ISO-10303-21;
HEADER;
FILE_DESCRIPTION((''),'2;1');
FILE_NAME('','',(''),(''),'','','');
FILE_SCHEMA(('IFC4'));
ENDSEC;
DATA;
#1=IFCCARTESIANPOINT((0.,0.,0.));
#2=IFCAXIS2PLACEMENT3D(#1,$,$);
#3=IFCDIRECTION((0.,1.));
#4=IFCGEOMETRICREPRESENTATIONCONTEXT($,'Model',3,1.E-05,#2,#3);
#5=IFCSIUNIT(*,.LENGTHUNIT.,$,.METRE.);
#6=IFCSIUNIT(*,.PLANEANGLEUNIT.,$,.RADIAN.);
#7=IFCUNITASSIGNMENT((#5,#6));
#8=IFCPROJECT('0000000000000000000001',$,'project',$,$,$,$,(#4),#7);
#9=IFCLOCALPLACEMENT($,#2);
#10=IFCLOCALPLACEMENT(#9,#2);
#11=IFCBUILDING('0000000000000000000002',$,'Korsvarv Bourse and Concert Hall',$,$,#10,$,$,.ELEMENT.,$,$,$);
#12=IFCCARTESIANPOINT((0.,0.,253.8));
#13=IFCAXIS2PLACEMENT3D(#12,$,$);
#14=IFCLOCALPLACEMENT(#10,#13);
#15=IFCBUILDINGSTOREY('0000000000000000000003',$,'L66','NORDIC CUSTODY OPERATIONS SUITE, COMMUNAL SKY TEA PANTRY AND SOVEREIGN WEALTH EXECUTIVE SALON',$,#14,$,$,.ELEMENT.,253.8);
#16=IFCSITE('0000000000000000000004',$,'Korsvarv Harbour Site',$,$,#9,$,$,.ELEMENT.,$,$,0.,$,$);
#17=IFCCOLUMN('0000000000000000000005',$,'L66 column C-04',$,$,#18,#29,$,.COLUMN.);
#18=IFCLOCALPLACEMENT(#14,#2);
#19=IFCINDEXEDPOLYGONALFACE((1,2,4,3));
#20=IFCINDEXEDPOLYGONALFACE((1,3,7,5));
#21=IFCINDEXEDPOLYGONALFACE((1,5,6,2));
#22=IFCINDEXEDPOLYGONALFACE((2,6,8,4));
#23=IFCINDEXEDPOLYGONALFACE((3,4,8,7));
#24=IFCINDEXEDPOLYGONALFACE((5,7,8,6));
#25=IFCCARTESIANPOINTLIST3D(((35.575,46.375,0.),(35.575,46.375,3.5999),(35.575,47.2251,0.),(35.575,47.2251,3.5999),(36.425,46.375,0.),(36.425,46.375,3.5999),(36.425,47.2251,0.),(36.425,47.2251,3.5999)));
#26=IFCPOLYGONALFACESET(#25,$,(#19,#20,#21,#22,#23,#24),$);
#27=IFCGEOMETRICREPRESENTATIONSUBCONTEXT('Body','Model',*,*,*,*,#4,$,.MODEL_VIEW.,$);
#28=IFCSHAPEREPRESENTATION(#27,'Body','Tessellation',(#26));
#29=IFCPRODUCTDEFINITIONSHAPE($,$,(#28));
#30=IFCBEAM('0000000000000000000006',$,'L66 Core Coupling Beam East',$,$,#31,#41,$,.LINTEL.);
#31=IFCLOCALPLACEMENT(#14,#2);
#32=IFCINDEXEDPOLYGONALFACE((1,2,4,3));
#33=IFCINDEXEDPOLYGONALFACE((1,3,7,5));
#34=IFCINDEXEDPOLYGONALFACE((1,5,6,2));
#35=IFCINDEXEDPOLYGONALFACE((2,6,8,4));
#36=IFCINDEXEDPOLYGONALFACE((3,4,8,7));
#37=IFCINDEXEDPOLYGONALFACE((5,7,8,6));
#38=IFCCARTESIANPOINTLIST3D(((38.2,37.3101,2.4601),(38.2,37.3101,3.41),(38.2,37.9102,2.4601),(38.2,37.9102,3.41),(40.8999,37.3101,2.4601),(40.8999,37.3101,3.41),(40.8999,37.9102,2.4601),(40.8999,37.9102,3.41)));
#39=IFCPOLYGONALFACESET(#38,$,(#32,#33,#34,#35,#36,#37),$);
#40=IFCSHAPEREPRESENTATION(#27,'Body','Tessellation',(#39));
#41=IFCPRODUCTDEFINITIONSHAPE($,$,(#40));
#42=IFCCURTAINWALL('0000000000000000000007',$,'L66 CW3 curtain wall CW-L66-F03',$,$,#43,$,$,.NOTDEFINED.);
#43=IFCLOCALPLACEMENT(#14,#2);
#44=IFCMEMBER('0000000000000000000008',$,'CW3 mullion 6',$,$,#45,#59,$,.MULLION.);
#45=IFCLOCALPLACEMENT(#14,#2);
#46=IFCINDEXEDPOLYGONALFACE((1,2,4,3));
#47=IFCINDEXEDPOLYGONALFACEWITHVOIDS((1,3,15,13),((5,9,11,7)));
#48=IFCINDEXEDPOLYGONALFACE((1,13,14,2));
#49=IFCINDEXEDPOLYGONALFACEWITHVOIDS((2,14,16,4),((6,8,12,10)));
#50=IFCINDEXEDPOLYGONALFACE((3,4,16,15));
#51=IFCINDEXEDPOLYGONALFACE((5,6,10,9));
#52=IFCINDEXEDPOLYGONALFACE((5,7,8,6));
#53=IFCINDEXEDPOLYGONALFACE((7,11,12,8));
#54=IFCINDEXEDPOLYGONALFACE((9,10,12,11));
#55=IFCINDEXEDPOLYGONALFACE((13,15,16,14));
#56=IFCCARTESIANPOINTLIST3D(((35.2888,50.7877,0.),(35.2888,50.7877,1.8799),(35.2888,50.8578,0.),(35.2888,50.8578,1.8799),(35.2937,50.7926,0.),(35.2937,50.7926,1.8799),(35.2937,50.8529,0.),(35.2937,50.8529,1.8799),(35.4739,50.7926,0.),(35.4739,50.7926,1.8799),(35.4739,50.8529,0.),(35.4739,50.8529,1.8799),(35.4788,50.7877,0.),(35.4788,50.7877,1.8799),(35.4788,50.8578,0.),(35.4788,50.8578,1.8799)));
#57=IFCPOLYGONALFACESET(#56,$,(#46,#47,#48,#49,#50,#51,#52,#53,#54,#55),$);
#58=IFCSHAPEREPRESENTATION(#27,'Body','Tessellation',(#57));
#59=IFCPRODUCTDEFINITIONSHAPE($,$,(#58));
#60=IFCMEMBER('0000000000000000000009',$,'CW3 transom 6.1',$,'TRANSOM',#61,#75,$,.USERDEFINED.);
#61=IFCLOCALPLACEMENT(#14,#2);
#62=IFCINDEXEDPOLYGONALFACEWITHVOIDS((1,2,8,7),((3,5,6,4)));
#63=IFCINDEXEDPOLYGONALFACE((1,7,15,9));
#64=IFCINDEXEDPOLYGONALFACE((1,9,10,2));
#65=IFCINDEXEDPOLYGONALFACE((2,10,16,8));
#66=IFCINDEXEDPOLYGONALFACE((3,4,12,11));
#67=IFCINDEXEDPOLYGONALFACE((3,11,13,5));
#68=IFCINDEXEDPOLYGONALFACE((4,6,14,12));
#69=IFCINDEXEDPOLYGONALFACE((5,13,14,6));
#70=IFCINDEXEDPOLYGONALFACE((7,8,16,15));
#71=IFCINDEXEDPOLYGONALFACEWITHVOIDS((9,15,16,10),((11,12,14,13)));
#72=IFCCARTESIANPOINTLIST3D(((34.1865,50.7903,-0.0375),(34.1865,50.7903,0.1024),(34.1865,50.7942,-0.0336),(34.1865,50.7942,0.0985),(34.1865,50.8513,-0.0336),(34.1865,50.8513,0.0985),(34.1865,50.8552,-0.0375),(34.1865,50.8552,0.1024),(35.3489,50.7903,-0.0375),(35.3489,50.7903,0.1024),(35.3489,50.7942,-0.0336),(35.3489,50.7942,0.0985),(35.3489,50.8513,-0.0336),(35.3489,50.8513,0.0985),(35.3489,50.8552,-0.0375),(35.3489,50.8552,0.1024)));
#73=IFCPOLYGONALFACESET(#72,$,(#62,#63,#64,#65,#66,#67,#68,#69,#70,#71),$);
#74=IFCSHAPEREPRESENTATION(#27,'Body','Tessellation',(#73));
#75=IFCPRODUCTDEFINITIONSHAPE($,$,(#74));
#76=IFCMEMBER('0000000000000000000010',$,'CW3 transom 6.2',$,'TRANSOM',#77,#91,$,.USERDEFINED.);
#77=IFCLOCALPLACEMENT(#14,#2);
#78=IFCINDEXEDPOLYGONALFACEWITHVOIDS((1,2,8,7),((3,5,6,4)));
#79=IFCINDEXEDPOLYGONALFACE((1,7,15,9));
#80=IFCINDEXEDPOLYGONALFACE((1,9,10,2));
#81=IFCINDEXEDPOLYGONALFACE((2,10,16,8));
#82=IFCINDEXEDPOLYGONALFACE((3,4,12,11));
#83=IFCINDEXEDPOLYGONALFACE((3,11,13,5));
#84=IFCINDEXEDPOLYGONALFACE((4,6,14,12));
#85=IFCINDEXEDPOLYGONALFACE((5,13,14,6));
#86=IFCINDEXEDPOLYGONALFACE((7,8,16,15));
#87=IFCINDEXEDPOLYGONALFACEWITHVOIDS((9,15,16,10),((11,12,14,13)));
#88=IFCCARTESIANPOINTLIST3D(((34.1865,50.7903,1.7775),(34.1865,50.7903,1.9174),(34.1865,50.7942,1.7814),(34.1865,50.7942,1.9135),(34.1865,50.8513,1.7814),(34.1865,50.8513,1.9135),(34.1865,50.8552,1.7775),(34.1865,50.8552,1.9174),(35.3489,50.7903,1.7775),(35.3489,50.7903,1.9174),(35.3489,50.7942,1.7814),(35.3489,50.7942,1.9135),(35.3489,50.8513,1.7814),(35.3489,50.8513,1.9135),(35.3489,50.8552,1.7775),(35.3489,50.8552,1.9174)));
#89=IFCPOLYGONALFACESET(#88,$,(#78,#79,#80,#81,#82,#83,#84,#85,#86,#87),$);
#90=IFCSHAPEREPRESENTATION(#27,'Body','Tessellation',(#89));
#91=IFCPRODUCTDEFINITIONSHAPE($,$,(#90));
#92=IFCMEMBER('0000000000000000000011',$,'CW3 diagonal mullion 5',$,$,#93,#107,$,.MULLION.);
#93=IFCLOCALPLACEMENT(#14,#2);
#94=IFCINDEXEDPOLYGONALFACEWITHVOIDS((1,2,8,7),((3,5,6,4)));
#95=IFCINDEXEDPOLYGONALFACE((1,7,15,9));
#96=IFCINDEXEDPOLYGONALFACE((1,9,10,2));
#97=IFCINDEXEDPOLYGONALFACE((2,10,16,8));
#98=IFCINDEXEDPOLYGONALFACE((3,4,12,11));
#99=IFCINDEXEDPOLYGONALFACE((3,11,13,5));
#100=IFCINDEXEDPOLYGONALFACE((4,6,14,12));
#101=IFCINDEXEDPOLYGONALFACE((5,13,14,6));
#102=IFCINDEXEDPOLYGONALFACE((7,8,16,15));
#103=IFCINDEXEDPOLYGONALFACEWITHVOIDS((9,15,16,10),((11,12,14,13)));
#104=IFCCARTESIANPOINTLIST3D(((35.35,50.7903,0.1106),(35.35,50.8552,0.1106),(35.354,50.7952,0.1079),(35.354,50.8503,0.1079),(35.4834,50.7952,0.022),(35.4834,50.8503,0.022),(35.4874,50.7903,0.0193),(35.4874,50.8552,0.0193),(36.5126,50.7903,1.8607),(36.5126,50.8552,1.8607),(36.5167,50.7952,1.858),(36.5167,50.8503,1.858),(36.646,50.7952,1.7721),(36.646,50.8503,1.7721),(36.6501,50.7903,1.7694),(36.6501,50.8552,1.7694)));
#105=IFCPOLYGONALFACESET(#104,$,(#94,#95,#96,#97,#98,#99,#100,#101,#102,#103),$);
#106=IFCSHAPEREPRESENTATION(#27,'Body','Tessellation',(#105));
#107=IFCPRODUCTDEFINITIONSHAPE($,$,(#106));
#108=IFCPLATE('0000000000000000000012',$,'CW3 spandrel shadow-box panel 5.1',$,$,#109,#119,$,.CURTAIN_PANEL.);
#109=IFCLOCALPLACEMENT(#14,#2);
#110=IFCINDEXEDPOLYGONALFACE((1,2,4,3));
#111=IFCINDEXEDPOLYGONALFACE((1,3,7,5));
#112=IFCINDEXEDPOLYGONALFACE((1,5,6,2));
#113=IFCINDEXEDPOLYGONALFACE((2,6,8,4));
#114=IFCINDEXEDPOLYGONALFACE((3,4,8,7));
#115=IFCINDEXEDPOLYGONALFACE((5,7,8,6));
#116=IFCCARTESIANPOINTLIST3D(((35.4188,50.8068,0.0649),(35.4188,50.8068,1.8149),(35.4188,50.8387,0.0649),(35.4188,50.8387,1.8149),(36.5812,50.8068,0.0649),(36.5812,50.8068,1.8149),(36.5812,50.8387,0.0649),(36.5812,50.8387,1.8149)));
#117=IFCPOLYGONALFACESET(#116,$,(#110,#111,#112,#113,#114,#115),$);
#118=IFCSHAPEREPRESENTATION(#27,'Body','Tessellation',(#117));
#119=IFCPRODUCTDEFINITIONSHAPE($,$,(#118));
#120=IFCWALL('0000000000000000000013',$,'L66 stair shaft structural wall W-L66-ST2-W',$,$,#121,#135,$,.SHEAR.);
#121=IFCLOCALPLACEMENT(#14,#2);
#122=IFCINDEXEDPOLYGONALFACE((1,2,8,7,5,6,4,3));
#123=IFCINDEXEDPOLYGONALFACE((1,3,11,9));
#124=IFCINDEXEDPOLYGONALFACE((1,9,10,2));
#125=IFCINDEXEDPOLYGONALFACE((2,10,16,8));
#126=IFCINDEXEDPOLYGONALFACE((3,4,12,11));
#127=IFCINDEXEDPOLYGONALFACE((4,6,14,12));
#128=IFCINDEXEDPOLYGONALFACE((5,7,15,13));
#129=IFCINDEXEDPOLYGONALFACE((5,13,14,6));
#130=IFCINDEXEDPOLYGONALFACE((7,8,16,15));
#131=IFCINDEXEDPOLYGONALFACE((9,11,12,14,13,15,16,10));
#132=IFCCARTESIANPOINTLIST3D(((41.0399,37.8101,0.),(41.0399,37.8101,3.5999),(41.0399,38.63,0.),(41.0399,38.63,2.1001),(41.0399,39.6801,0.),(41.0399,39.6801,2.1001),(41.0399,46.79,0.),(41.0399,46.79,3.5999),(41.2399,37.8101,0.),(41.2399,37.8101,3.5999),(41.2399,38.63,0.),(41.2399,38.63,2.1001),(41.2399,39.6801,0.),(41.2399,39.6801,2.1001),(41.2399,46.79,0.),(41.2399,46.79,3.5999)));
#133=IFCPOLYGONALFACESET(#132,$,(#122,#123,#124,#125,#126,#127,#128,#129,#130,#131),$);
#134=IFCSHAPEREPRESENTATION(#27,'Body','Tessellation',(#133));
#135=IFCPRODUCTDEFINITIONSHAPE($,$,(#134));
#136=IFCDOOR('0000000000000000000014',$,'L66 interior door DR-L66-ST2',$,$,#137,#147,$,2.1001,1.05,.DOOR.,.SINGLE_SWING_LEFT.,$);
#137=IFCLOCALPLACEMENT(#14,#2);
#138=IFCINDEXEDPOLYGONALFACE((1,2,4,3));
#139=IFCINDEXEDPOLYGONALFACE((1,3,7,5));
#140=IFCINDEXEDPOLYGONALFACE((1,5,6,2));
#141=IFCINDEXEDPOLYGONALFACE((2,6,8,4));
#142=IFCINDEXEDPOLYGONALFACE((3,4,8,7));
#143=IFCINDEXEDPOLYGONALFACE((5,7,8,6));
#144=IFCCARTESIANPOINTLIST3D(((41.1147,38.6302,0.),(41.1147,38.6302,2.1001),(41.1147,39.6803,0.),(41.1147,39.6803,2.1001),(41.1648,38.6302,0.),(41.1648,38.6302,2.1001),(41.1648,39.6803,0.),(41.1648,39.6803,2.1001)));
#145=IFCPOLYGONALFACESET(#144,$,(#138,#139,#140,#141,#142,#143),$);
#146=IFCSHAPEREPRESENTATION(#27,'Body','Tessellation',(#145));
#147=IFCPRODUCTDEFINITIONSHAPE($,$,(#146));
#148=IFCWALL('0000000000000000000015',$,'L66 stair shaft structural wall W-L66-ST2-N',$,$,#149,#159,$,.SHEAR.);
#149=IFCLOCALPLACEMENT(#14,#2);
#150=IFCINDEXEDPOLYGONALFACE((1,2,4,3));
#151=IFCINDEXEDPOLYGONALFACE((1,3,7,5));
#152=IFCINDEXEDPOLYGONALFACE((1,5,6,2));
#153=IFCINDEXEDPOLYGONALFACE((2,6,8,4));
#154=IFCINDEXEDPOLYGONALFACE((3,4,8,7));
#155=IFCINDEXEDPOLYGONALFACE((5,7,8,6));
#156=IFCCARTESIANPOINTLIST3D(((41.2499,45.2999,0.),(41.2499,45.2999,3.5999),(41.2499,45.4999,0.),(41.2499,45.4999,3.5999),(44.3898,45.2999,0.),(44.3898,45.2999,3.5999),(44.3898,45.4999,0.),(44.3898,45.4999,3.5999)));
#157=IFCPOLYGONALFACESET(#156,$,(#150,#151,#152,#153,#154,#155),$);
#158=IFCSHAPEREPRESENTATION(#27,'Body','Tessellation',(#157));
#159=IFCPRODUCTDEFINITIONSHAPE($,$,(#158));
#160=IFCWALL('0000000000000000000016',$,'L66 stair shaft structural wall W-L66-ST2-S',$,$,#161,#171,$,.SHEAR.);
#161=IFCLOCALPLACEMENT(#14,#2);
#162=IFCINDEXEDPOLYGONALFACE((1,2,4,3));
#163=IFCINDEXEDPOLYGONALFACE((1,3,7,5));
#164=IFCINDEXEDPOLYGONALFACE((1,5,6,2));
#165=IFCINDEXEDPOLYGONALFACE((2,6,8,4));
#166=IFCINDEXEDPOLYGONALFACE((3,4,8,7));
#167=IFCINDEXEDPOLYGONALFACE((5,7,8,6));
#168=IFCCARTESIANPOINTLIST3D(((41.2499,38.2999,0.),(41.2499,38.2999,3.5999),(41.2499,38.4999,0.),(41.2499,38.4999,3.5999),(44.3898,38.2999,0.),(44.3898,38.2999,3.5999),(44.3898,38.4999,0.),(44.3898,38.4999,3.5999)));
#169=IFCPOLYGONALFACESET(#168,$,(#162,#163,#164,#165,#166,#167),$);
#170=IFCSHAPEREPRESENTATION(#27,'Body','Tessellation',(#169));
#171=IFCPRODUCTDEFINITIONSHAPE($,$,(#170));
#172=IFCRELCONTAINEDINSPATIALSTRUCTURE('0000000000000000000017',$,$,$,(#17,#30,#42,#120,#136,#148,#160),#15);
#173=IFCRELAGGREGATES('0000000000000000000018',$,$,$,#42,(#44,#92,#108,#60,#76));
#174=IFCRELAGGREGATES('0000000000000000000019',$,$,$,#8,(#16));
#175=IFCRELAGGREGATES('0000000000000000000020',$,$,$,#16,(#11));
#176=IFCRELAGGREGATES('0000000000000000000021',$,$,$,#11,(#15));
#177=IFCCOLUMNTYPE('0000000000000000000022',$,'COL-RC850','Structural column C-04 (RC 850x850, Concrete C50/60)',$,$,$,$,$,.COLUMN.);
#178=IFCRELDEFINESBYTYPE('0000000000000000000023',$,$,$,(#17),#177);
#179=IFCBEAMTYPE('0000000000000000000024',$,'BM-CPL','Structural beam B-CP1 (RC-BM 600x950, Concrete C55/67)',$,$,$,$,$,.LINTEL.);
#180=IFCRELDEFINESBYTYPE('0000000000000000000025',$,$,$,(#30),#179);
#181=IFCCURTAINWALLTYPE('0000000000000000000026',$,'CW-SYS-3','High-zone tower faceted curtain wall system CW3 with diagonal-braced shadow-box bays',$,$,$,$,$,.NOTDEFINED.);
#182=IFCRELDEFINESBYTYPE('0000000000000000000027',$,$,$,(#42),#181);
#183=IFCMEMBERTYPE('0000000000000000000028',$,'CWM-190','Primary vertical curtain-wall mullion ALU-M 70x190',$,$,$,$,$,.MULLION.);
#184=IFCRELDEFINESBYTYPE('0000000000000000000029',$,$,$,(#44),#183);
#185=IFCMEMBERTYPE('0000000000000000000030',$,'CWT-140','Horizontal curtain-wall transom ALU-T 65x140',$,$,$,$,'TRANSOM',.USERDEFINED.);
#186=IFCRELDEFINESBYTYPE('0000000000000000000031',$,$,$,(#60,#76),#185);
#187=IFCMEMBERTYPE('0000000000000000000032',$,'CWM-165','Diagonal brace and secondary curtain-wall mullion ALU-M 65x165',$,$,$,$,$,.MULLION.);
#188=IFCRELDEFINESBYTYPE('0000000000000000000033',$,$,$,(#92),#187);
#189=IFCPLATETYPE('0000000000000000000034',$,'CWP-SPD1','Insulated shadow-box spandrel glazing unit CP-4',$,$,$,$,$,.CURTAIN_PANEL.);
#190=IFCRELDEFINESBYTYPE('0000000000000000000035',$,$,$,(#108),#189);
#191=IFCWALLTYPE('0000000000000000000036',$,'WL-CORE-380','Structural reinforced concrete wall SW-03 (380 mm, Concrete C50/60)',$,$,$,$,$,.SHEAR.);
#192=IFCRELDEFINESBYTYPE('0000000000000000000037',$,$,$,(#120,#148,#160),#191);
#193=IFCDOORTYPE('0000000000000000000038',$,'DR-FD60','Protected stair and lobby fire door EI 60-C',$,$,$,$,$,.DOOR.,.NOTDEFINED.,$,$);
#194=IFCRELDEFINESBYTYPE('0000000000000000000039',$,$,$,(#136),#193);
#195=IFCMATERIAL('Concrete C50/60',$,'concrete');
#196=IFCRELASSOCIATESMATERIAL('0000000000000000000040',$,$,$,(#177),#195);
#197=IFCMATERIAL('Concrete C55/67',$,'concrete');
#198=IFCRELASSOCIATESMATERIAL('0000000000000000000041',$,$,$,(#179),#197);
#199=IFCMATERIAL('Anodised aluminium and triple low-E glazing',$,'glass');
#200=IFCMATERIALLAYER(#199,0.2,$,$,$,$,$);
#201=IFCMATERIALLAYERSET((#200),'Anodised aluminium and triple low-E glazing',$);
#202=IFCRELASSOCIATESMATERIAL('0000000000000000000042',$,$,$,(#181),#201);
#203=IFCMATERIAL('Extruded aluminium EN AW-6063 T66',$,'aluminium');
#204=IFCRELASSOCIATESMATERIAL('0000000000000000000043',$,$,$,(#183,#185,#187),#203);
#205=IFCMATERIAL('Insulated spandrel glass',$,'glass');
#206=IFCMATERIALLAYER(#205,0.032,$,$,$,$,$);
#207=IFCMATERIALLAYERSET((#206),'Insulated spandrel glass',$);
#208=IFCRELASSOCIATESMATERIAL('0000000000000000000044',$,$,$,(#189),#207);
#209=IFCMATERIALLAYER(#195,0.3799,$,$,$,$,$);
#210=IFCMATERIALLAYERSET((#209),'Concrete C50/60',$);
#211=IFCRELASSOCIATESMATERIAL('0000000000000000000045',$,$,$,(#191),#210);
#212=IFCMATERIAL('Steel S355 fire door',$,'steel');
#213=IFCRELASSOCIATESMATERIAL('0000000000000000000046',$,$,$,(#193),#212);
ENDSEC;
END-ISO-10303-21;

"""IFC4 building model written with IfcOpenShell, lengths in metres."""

from ifc_helpers import new_model, si_unit, direction, frame, frame_2d, origin, origin_2d, place, context, subcontext, project, spatial, rectangle, hollow_rectangle, extrude, source, transform, mapped, material, layer, layer_set, material_profile, profile_set, type_object, element, fill, aggregate, save


model = new_model("IFC4")

# Units and contexts
model_context = context("Model", 3, precision=1e-05, world=origin(), true_north=direction((0.0, 1.0)))
body_context = subcontext(model_context, "Body", "Model", "MODEL_VIEW")
ifc_project = project(units=[si_unit("LENGTHUNIT", "METRE"), si_unit("PLANEANGLEUNIT", "RADIAN")], contexts=[model_context])

# Site, building, storey
site_placement = place(None, origin())
site = spatial("IfcSite", under=ifc_project, at=site_placement, Name="Korsvarv Harbour Site", CompositionType="ELEMENT", RefElevation=0.0)
building_placement = place(site_placement, origin())
building = spatial("IfcBuilding", under=site, at=building_placement, Name="Korsvarv Bourse and Concert Hall", CompositionType="ELEMENT")
storey_placement = place(building_placement, frame((0.0, 0.0, 253.8)))
storey = spatial("IfcBuildingStorey", under=building, at=storey_placement, Name="L66", Description="NORDIC CUSTODY OPERATIONS SUITE, COMMUNAL SKY TEA PANTRY AND SOVEREIGN WEALTH EXECUTIVE SALON", CompositionType="ELEMENT", Elevation=253.8)

# Column
ifc_material_1 = material(Name="Concrete C50/60", Category="concrete")
ifc_material_profile_1 = material_profile(ifc_material_1, rectangle(XDim=0.8501, YDim=0.8501, at=origin_2d()), Name="RC 850x850")
ifc_profile_set_1 = profile_set([ifc_material_profile_1], Name="Concrete C50/60")
column_type = type_object("IfcColumnType", Name="COL-RC850", Description="Structural column C-04 (RC 850x850, Concrete C50/60)", PredefinedType="COLUMN", material=ifc_profile_set_1)
shared_shape_1 = source(origin(), body_context, "Body", "SweptSolid", [
    extrude(rectangle(XDim=0.8501, YDim=0.8501, at=origin_2d()), origin(), (0.0, 0.0, 1.0), 3.5999),
])
column_placement = place(storey_placement, frame((36.0, 46.8, 0.0), z_axis=(0.0, 0.0, 1.0), x_axis=(1.0, 0.0, 0.0)))
element("IfcColumn", 1, at=column_placement, inside=storey, type_object=column_type, Name="L66 column C-04", PredefinedType="COLUMN", context=body_context, shape_type="MappedRepresentation", body=[
    mapped(shared_shape_1, transform((0.0, 0.0, 0.0), scale=1.0)),
])

# Beam
ifc_material_2 = material(Name="Concrete C55/67", Category="concrete")
ifc_material_profile_2 = material_profile(ifc_material_2, rectangle(XDim=0.6001, YDim=0.95, at=origin_2d()), Name="RC-BM 600x950")
ifc_profile_set_2 = profile_set([ifc_material_profile_2], Name="Concrete C55/67")
beam_type = type_object("IfcBeamType", Name="BM-CPL", Description="Structural beam B-CP1 (RC-BM 600x950, Concrete C55/67)", PredefinedType="LINTEL", material=ifc_profile_set_2)
shared_shape_2 = source(origin(), body_context, "Body", "SweptSolid", [
    extrude(rectangle(XDim=0.6001, YDim=0.95, at=origin_2d()), origin(), (0.0, 0.0, 1.0), 2.7),
])
beam_placement = place(storey_placement, frame((38.2, 37.6101, 2.9351), z_axis=(1.0, 0.0, 0.0), x_axis=(0.0, 1.0, 0.0)))
element("IfcBeam", 2, at=beam_placement, inside=storey, type_object=beam_type, Name="L66 Core Coupling Beam East", PredefinedType="LINTEL", context=body_context, shape_type="MappedRepresentation", body=[
    mapped(shared_shape_2, transform((0.0, 0.0, 0.0), scale=1.0)),
])

# Curtain wall, members, plate
ifc_material_3 = material(Name="Anodised aluminium and triple low-E glazing", Category="glass")
ifc_layer_1 = layer(ifc_material_3, 0.2)
ifc_layer_set_1 = layer_set([ifc_layer_1], Name="Anodised aluminium and triple low-E glazing")
curtain_wall_type = type_object("IfcCurtainWallType", Name="CW-SYS-3", Description="High-zone tower faceted curtain wall system CW3 with diagonal-braced shadow-box bays", PredefinedType="NOTDEFINED", material=ifc_layer_set_1)
curtain_wall_placement = place(storey_placement, origin())
curtain_wall = element("IfcCurtainWall", 3, at=curtain_wall_placement, inside=storey, type_object=curtain_wall_type, Name="L66 CW3 curtain wall CW-L66-F03", PredefinedType="NOTDEFINED")
ifc_material_4 = material(Name="Extruded aluminium EN AW-6063 T66", Category="aluminium")
ifc_material_profile_3 = material_profile(ifc_material_4, hollow_rectangle(XDim=0.0701, YDim=0.1899, WallThickness=0.0049, at=origin_2d()), Name="ALU-M 70x190")
ifc_profile_set_3 = profile_set([ifc_material_profile_3], Name="Extruded aluminium EN AW-6063 T66")
member_type_1 = type_object("IfcMemberType", Name="CWM-190", Description="Primary vertical curtain-wall mullion ALU-M 70x190", PredefinedType="MULLION", material=ifc_profile_set_3)
shared_shape_3 = source(origin(), body_context, "Body", "SweptSolid", [
    extrude(hollow_rectangle(XDim=0.0701, YDim=0.1899, WallThickness=0.0049, at=origin_2d()), origin(), (0.0, 0.0, 1.0), 1.8799),
])
member_1_placement = place(storey_placement, frame((35.3838, 50.8228, 0.0), z_axis=(0.0, 0.0, 1.0), x_axis=(0.0, -1.0, 0.0)))
member_1 = element("IfcMember", 4, at=member_1_placement, type_object=member_type_1, Name="CW3 mullion 6", PredefinedType="MULLION", context=body_context, shape_type="MappedRepresentation", body=[
    mapped(shared_shape_3, transform((0.0, 0.0, 0.0), scale=1.0)),
])
ifc_material_profile_4 = material_profile(ifc_material_4, hollow_rectangle(XDim=0.0649, YDim=0.1399, WallThickness=0.0039, at=origin_2d()), Name="ALU-T 65x140")
ifc_profile_set_4 = profile_set([ifc_material_profile_4], Name="Extruded aluminium EN AW-6063 T66")
member_type_2 = type_object("IfcMemberType", Name="CWT-140", Description="Horizontal curtain-wall transom ALU-T 65x140", ElementType="TRANSOM", PredefinedType="USERDEFINED", material=ifc_profile_set_4)
shared_shape_4 = source(origin(), body_context, "Body", "SweptSolid", [
    extrude(hollow_rectangle(XDim=0.0649, YDim=0.1399, WallThickness=0.0039, at=origin_2d()), origin(), (0.0, 0.0, 1.0), 1.1624),
])
member_2_placement = place(storey_placement, frame((35.3489, 50.8228, 0.0325), z_axis=(-1.0, 0.0, 0.0), x_axis=(0.0, -1.0, 0.0)))
member_2 = element("IfcMember", 5, at=member_2_placement, type_object=member_type_2, Name="CW3 transom 6.1", ObjectType="TRANSOM", PredefinedType="USERDEFINED", context=body_context, shape_type="MappedRepresentation", body=[
    mapped(shared_shape_4, transform((0.0, 0.0, 0.0), scale=1.0)),
])
member_3_placement = place(storey_placement, frame((35.3489, 50.8228, 1.8474), z_axis=(-1.0, 0.0, 0.0), x_axis=(0.0, -1.0, 0.0)))
member_3 = element("IfcMember", 6, at=member_3_placement, type_object=member_type_2, Name="CW3 transom 6.2", ObjectType="TRANSOM", PredefinedType="USERDEFINED", context=body_context, shape_type="MappedRepresentation", body=[
    mapped(shared_shape_4, transform((0.0, 0.0, 0.0), scale=1.0)),
])
ifc_material_profile_5 = material_profile(ifc_material_4, hollow_rectangle(XDim=0.0649, YDim=0.165, WallThickness=0.0049, at=origin_2d()), Name="ALU-M 65x165")
ifc_profile_set_5 = profile_set([ifc_material_profile_5], Name="Extruded aluminium EN AW-6063 T66")
member_type_3 = type_object("IfcMemberType", Name="CWM-165", Description="Diagonal brace and secondary curtain-wall mullion ALU-M 65x165", PredefinedType="MULLION", material=ifc_profile_set_5)
shared_shape_5 = source(origin(), body_context, "Body", "SweptSolid", [
    extrude(hollow_rectangle(XDim=0.0649, YDim=0.165, WallThickness=0.0049, at=origin_2d()), origin(), (0.0, 0.0, 1.0), 2.1011),
])
member_4_placement = place(storey_placement, frame((35.4187, 50.8228, 0.0649), z_axis=(0.553359, 0.0, 0.832943), x_axis=(0.0, 1.0, 0.0)))
member_4 = element("IfcMember", 7, at=member_4_placement, type_object=member_type_3, Name="CW3 diagonal mullion 5", PredefinedType="MULLION", context=body_context, shape_type="MappedRepresentation", body=[
    mapped(shared_shape_5, transform((0.0, 0.0, 0.0), scale=1.0)),
])
ifc_material_5 = material(Name="Insulated spandrel glass", Category="glass")
ifc_layer_2 = layer(ifc_material_5, 0.032)
ifc_layer_set_2 = layer_set([ifc_layer_2], Name="Insulated spandrel glass")
plate_type = type_object("IfcPlateType", Name="CWP-SPD1", Description="Insulated shadow-box spandrel glazing unit CP-4", PredefinedType="CURTAIN_PANEL", material=ifc_layer_set_2)
shared_shape_6 = source(origin(), body_context, "Body", "SweptSolid", [
    extrude(rectangle(XDim=1.1624, YDim=0.032, at=origin_2d()), origin(), (0.0, 0.0, 1.0), 1.75),
])
plate_placement = place(storey_placement, frame((36.0, 50.8228, 0.0649), z_axis=(0.0, 0.0, 1.0), x_axis=(-1.0, 0.0, 0.0)))
plate = element("IfcPlate", 8, at=plate_placement, type_object=plate_type, Name="CW3 spandrel shadow-box panel 5.1", PredefinedType="CURTAIN_PANEL", context=body_context, shape_type="MappedRepresentation", body=[
    mapped(shared_shape_6, transform((0.0, 0.0, 0.0), scale=1.0)),
])
aggregate(curtain_wall, [member_1, member_4, plate, member_2, member_3])

# Wall, opening, door
ifc_layer_3 = layer(ifc_material_1, 0.3799)
ifc_layer_set_3 = layer_set([ifc_layer_3], Name="Concrete C50/60")
wall_type_1 = type_object("IfcWallType", Name="WL-CORE-380", Description="Structural reinforced concrete wall SW-03 (380 mm, Concrete C50/60)", PredefinedType="SHEAR", material=ifc_layer_set_3)
wall_1_placement = place(storey_placement, frame((41.1399, 37.8101, 0.0), z_axis=(0.0, 0.0, 1.0), x_axis=(0.0, 1.0, 0.0)))
wall_1 = element("IfcWall", 9, at=wall_1_placement, inside=storey, type_object=wall_type_1, Name="L66 stair shaft structural wall W-L66-ST2-W", PredefinedType="SHEAR", context=body_context, shape_type="SweptSolid", body=[
    extrude(rectangle(XDim=8.98, YDim=0.2, at=frame_2d((4.49, 0.0))), origin(), (0.0, 0.0, 1.0), 3.5999),
])
opening_1_placement = place(wall_1_placement, frame((0.8201, 0.0, 0.0)))
opening_1 = element("IfcOpeningElement", 10, at=opening_1_placement, cuts=wall_1, PredefinedType="OPENING", context=body_context, shape_type="SweptSolid", body=[
    extrude(rectangle(XDim=1.05, YDim=2.1001, at=frame_2d((0.5249, 1.05))), frame((0.0, 0.1099, 0.0), z_axis=(0.0, -1.0, 0.0), x_axis=(1.0, 0.0, 0.0)), (0.0, 0.0, 1.0), 0.22),
])
ifc_material_6 = material(Name="Steel S355 fire door", Category="steel")
door_type_1 = type_object("IfcDoorType", Name="DR-FD60", Description="Protected stair and lobby fire door EI 60-C", OperationType="NOTDEFINED", PredefinedType="DOOR", material=ifc_material_6)
door_1_placement = place(opening_1_placement, frame((1.05, 0.0, 0.0), z_axis=(0.0, 0.0, 1.0), x_axis=(-1.0, 0.0, 0.0)))
door_1 = element("IfcDoor", 11, at=door_1_placement, inside=storey, type_object=door_type_1, Name="L66 interior door DR-L66-ST2", OperationType="SINGLE_SWING_LEFT", OverallHeight=2.1001, OverallWidth=1.05, PredefinedType="DOOR", context=body_context, shape_type="SweptSolid", body=[
    extrude(rectangle(XDim=1.05, YDim=2.1001, at=frame_2d((0.5249, 1.05))), frame((0.0, 0.0249, 0.0), z_axis=(0.0, -1.0, 0.0), x_axis=(1.0, 0.0, 0.0)), (0.0, 0.0, 1.0), 0.05),
])
fill(opening_1, door_1)

# Walls
for number, where, z_axis, x_axis, name in (
    (12, (41.25, 45.3999, 0.0), (0.0, 0.0, 1.0), (1.0, 0.0, 0.0), "L66 stair shaft structural wall W-L66-ST2-N"),
    (13, (41.25, 38.3999, 0.0), (0.0, 0.0, 1.0), (1.0, 0.0, 0.0), "L66 stair shaft structural wall W-L66-ST2-S"),
):
    element("IfcWall", number, at=place(storey_placement, frame(where, z_axis=z_axis, x_axis=x_axis)), inside=storey, type_object=wall_type_1, Name=name, PredefinedType="SHEAR", context=body_context, shape_type="SweptSolid", body=[
        extrude(rectangle(XDim=3.1399, YDim=0.2, at=frame_2d((1.5698, 0.0))), origin(), (0.0, 0.0, 1.0), 3.5999),
    ])

save(model, "model.ifc")
